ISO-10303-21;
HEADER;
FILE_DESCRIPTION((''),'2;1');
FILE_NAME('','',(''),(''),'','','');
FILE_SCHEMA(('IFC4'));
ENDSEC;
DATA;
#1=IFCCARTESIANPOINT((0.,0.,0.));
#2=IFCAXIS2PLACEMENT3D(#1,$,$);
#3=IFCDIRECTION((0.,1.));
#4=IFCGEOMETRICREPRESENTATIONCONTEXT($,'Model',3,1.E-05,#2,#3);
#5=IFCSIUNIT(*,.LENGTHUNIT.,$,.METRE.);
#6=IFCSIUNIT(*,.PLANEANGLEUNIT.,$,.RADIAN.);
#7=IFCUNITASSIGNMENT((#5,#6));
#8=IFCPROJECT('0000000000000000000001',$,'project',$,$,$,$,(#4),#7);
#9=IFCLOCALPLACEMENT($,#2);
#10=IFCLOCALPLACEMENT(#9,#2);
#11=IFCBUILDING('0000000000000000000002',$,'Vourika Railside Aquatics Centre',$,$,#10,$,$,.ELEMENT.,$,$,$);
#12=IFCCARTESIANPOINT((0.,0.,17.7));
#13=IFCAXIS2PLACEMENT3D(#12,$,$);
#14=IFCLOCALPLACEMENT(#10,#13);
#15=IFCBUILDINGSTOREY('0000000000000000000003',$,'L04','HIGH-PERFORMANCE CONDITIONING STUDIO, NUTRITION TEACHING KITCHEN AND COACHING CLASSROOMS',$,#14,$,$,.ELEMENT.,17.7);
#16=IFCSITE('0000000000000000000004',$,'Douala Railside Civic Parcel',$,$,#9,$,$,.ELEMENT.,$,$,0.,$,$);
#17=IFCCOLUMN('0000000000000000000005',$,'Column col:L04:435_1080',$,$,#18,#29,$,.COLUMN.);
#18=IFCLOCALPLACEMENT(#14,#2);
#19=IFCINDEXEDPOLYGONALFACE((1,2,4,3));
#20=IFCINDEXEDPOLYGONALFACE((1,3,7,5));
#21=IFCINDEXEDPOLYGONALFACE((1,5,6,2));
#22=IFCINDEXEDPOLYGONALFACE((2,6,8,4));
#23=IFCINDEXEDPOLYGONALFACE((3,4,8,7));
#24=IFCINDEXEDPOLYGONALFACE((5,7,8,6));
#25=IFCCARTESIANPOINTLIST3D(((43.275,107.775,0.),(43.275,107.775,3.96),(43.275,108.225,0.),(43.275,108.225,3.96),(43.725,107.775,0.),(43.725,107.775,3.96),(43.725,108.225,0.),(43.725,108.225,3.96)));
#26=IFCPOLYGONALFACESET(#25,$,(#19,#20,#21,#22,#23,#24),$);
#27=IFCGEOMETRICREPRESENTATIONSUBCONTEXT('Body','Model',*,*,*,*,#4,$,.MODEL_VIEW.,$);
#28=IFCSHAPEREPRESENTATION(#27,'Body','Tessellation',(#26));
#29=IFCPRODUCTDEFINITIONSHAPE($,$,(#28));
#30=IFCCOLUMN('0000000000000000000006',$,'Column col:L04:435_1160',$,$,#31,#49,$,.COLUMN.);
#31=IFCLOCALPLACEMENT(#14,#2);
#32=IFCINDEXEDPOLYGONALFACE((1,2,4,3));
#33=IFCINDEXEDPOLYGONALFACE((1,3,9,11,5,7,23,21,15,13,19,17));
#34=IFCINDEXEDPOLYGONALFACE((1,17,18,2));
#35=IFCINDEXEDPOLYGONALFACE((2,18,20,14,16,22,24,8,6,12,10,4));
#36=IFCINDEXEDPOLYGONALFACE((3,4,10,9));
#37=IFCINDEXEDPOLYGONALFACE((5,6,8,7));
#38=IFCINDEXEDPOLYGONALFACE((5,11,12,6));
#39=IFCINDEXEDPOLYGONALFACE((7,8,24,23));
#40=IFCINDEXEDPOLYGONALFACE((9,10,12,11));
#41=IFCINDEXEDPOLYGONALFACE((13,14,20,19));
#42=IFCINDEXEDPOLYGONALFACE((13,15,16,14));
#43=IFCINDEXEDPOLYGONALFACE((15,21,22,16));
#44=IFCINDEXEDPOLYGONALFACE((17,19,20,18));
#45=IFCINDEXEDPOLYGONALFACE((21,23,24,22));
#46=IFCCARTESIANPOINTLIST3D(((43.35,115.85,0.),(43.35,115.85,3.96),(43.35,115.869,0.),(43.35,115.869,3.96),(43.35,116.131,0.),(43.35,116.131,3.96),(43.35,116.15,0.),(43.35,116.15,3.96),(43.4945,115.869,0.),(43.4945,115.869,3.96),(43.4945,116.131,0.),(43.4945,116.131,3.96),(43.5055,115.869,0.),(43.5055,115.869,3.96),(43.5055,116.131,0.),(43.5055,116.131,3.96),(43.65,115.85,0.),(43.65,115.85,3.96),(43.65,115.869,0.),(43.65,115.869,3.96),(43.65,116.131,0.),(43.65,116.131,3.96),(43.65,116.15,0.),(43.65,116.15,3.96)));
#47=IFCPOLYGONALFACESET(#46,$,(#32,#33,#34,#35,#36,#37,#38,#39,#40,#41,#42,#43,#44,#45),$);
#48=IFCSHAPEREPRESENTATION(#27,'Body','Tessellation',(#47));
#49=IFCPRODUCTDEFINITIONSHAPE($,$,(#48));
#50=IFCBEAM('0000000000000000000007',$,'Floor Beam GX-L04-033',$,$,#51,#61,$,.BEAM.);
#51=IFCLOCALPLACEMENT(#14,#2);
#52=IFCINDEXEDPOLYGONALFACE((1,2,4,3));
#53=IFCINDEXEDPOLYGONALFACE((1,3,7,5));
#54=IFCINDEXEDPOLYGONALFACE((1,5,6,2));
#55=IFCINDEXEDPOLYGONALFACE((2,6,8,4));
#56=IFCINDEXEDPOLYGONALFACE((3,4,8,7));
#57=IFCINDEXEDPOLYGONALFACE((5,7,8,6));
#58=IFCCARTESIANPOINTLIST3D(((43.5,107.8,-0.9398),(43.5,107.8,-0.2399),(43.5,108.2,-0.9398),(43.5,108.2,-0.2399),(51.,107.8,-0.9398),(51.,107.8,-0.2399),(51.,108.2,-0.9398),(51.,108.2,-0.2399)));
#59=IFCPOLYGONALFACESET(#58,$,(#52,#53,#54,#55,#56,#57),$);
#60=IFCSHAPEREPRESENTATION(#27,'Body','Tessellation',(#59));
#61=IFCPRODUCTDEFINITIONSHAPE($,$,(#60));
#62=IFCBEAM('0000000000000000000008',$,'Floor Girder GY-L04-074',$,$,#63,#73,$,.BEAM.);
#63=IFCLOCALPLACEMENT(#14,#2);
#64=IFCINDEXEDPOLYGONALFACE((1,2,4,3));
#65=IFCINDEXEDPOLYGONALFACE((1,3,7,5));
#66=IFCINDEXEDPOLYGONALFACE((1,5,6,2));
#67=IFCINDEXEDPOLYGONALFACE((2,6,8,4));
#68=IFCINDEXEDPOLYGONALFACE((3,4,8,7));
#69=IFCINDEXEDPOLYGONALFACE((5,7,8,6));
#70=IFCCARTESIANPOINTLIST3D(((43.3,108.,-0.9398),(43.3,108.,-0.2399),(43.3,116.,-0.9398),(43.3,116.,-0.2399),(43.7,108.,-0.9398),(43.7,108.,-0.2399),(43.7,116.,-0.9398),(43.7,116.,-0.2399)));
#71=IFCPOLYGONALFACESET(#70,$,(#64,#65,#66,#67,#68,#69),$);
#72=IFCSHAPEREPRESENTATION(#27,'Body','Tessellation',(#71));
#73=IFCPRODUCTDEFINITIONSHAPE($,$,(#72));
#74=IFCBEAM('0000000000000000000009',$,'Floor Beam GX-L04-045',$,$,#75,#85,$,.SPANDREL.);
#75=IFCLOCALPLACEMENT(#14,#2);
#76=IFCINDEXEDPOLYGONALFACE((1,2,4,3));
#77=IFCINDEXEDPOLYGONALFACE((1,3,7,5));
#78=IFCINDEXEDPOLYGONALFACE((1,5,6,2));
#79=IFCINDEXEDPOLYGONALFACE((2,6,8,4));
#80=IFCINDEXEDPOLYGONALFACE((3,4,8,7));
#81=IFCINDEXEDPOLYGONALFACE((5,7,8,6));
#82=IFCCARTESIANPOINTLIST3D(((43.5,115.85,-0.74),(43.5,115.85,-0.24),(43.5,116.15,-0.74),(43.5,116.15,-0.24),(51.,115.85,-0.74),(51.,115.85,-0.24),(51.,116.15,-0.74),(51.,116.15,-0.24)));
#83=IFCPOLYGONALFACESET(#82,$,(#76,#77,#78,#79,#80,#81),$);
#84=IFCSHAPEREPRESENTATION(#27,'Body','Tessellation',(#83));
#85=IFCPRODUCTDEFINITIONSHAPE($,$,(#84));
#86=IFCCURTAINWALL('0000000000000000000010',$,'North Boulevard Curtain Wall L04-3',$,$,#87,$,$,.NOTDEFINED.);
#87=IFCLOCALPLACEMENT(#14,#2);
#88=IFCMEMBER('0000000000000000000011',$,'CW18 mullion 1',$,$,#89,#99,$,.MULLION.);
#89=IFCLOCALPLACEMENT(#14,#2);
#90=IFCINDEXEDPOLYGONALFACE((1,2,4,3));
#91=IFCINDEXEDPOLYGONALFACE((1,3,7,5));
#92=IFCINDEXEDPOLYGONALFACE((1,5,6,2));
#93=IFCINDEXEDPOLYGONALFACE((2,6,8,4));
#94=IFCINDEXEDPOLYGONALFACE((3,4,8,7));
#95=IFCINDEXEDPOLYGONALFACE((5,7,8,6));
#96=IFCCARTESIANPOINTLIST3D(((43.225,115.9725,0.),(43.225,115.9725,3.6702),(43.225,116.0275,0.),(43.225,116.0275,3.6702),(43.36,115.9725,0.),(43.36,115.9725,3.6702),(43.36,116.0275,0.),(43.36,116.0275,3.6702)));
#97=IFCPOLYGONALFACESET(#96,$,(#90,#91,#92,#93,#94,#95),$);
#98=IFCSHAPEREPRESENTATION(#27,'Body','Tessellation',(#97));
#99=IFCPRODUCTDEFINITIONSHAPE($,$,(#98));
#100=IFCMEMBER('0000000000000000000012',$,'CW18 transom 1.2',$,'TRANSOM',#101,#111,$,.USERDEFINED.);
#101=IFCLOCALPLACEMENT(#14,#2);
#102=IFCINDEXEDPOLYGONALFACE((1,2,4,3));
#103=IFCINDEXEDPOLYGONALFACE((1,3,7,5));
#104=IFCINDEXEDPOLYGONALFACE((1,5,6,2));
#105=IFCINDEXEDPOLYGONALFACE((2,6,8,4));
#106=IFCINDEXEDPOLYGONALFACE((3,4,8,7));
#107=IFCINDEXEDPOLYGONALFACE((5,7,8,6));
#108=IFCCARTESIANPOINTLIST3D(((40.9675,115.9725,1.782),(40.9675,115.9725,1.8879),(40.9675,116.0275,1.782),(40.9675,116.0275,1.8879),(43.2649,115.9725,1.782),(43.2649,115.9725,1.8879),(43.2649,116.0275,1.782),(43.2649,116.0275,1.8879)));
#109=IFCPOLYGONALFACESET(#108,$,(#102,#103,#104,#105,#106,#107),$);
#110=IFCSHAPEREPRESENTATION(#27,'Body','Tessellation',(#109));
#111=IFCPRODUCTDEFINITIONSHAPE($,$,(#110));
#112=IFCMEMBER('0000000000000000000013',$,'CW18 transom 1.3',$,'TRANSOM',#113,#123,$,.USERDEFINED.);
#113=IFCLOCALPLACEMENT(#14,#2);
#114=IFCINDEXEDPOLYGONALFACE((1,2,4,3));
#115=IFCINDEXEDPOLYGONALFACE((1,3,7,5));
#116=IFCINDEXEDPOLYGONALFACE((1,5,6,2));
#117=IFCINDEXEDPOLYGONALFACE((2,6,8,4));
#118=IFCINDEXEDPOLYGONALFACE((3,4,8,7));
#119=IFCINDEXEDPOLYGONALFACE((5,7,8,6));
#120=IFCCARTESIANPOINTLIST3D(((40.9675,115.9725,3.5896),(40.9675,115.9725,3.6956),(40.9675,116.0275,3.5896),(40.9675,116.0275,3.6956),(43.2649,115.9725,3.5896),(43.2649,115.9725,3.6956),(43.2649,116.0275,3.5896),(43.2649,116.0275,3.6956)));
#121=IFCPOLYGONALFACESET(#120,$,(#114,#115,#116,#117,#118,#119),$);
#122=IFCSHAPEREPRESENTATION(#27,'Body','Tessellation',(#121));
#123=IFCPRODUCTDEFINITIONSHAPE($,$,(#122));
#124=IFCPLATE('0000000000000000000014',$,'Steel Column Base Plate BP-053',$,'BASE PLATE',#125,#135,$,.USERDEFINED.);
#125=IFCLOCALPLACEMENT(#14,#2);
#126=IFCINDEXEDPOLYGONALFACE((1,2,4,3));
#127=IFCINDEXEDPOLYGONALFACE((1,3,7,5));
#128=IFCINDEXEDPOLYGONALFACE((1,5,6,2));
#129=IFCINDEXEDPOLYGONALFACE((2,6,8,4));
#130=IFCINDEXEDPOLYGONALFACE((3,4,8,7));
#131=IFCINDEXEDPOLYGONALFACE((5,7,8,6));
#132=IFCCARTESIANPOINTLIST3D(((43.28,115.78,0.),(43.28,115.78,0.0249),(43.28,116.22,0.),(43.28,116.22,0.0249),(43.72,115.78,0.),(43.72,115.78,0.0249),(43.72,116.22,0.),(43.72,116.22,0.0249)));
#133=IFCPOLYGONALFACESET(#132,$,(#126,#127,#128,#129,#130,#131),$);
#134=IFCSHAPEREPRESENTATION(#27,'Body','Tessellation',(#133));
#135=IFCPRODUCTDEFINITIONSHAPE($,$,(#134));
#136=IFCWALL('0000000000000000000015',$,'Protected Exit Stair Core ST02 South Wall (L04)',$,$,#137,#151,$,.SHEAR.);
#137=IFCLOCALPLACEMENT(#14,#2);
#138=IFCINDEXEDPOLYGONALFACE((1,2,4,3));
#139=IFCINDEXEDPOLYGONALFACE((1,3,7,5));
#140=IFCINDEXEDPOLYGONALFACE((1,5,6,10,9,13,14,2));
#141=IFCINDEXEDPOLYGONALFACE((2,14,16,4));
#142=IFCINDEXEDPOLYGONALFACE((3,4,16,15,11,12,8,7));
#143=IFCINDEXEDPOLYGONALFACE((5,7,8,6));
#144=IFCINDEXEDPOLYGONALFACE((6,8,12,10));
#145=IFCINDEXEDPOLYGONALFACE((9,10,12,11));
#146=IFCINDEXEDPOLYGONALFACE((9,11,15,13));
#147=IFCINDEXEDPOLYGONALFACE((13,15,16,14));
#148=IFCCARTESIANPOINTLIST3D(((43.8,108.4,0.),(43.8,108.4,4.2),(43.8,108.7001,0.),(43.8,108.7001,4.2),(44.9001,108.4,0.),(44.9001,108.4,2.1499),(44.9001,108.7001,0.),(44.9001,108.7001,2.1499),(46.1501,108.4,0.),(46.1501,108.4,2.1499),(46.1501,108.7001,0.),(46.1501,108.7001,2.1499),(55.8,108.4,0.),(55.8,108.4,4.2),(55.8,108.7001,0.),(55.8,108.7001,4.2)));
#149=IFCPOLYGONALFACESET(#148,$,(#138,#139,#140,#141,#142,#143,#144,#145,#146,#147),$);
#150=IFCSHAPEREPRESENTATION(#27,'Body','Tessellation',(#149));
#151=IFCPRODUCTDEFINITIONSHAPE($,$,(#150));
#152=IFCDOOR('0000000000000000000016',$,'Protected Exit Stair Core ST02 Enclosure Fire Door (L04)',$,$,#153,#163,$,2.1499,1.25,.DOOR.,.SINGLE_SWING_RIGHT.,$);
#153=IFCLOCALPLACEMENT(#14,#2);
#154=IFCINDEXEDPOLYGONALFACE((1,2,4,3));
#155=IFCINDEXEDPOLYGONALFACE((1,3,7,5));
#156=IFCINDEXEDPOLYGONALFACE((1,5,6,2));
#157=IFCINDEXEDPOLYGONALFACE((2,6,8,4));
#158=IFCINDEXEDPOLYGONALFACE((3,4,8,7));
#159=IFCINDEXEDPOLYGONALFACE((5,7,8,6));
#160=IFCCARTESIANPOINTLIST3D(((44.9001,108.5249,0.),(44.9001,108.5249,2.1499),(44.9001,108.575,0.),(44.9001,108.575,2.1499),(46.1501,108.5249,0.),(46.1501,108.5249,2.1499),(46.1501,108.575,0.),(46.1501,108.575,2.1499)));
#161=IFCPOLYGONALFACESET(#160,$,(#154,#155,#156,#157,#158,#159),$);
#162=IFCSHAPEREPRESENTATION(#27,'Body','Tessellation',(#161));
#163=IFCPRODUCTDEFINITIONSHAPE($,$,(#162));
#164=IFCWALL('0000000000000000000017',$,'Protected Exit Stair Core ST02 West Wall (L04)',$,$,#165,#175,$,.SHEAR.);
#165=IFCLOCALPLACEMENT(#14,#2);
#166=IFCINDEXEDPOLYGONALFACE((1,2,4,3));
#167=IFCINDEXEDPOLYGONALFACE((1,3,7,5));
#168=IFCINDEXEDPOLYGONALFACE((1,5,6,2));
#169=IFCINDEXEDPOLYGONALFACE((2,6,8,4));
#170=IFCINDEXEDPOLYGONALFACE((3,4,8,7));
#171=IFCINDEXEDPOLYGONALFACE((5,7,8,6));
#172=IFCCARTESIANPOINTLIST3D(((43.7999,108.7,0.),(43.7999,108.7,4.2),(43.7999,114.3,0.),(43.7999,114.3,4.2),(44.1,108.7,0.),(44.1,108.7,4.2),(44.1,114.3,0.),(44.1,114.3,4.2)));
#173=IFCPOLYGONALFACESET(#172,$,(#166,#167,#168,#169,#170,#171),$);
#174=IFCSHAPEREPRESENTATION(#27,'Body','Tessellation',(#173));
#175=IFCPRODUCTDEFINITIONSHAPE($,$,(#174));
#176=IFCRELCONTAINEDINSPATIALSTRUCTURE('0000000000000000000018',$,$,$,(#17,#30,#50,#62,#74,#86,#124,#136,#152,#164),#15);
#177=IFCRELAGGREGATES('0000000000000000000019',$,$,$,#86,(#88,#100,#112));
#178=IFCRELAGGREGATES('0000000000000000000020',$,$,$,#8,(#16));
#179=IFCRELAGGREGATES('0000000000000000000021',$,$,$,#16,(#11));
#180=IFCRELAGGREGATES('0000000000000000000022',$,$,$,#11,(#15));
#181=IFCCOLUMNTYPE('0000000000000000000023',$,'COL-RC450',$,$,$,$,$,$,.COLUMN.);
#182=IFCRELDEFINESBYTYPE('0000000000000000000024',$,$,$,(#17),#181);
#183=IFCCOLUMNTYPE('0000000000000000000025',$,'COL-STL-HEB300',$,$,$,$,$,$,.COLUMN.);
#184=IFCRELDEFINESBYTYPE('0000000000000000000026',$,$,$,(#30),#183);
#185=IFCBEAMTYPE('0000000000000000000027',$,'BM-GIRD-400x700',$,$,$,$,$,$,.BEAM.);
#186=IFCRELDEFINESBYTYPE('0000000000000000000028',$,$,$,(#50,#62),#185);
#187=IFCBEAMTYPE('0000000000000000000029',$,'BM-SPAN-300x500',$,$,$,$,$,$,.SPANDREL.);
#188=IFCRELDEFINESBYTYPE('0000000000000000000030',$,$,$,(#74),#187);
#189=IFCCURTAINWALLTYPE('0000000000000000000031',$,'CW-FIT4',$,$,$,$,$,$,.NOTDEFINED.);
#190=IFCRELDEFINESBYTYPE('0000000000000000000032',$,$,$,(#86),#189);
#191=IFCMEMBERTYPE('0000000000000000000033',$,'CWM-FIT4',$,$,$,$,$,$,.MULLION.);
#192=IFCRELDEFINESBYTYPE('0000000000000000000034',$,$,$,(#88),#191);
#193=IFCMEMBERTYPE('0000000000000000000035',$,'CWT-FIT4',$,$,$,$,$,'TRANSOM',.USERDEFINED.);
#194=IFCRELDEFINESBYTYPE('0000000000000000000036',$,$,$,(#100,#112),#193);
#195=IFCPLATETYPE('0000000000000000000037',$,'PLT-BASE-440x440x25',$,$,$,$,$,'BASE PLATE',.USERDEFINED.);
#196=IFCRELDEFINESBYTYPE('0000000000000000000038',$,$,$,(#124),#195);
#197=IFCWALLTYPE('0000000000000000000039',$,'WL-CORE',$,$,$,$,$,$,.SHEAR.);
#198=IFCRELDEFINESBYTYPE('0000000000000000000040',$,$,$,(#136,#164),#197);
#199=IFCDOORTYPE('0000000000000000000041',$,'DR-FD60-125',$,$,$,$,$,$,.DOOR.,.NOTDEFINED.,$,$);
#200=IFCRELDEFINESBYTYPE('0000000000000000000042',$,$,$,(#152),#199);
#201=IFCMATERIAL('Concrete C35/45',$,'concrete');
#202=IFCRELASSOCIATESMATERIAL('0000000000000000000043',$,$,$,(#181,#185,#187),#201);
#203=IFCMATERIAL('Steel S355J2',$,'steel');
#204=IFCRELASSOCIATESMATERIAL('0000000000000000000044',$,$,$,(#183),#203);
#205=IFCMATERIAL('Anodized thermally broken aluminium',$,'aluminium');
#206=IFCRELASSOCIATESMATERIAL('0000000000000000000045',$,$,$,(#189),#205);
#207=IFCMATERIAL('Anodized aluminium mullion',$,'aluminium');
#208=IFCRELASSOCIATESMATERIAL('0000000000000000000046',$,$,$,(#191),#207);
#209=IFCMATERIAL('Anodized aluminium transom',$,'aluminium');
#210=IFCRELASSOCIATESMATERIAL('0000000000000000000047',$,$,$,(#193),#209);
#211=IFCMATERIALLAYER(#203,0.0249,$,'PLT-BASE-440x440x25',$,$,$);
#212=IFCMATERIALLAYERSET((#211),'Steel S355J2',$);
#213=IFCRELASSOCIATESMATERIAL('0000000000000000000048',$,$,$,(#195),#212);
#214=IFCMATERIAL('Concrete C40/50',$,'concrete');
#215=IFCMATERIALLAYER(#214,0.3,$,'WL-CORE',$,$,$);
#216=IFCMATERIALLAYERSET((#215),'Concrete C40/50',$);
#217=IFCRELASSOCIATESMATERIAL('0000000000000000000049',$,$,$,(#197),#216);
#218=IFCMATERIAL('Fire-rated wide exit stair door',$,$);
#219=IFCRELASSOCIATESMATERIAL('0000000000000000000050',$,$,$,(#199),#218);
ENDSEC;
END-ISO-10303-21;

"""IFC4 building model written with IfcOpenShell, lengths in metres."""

from ifc_helpers import new_model, si_unit, direction, frame, frame_2d, origin, origin_2d, place, context, subcontext, project, spatial, rectangle, i_section, extrude, material, layer, layer_set, material_profile, profile_set, type_object, element, fill, aggregate, save


model = new_model("IFC4")

# Units and contexts
model_context = context("Model", 3, precision=1e-05, world=origin(), true_north=direction((0.0, 1.0)))
body_context = subcontext(model_context, "Body", "Model", "MODEL_VIEW")
ifc_project = project(units=[si_unit("LENGTHUNIT", "METRE"), si_unit("PLANEANGLEUNIT", "RADIAN")], contexts=[model_context])

# Site, building, storey
site_placement = place(None, origin())
site = spatial("IfcSite", under=ifc_project, at=site_placement, Name="Douala Railside Civic Parcel", CompositionType="ELEMENT", RefElevation=0.0)
building_placement = place(site_placement, origin())
building = spatial("IfcBuilding", under=site, at=building_placement, Name="Vourika Railside Aquatics Centre", CompositionType="ELEMENT")
storey_placement = place(building_placement, frame((0.0, 0.0, 17.7)))
storey = spatial("IfcBuildingStorey", under=building, at=storey_placement, Name="L04", Description="HIGH-PERFORMANCE CONDITIONING STUDIO, NUTRITION TEACHING KITCHEN AND COACHING CLASSROOMS", CompositionType="ELEMENT", Elevation=17.7)

# Columns
ifc_material_1 = material(Name="Concrete C35/45", Category="concrete")
ifc_material_profile_1 = material_profile(ifc_material_1, rectangle(XDim=0.45, YDim=0.45, at=origin_2d()), Name="RC 450x450")
ifc_profile_set_1 = profile_set([ifc_material_profile_1], Name="Concrete C35/45")
column_type_1 = type_object("IfcColumnType", Name="COL-RC450", PredefinedType="COLUMN", material=ifc_profile_set_1)
column_1_placement = place(storey_placement, frame((43.5, 108.0, 0.0), z_axis=(0.0, 0.0, 1.0), x_axis=(1.0, 0.0, 0.0)))
element("IfcColumn", 1, at=column_1_placement, inside=storey, type_object=column_type_1, Name="Column col:L04:435_1080", PredefinedType="COLUMN", context=body_context, shape_type="SweptSolid", body=[
    extrude(rectangle(XDim=0.45, YDim=0.45, at=origin_2d()), origin(), (0.0, 0.0, 1.0), 3.96),
])
ifc_material_2 = material(Name="Steel S355J2", Category="steel")
ifc_material_profile_2 = material_profile(ifc_material_2, i_section(OverallWidth=0.3, OverallDepth=0.3, WebThickness=0.011, FlangeThickness=0.019, at=origin_2d()), Name="HEB 300")
ifc_profile_set_2 = profile_set([ifc_material_profile_2], Name="Steel S355J2")
column_type_2 = type_object("IfcColumnType", Name="COL-STL-HEB300", PredefinedType="COLUMN", material=ifc_profile_set_2)
column_2_placement = place(storey_placement, frame((43.5, 116.0, 0.0), z_axis=(0.0, 0.0, 1.0), x_axis=(1.0, 0.0, 0.0)))
element("IfcColumn", 2, at=column_2_placement, inside=storey, type_object=column_type_2, Name="Column col:L04:435_1160", PredefinedType="COLUMN", context=body_context, shape_type="SweptSolid", body=[
    extrude(i_section(OverallWidth=0.3, OverallDepth=0.3, WebThickness=0.011, FlangeThickness=0.019, at=origin_2d()), origin(), (0.0, 0.0, 1.0), 3.96),
])

# Beams
ifc_material_profile_3 = material_profile(ifc_material_1, rectangle(XDim=0.3999, YDim=0.7, at=origin_2d()), Name="RC 400x700")
ifc_profile_set_3 = profile_set([ifc_material_profile_3], Name="Concrete C35/45")
beam_type_1 = type_object("IfcBeamType", Name="BM-GIRD-400x700", PredefinedType="BEAM", material=ifc_profile_set_3)
beam_1_placement = place(storey_placement, frame((43.5, 108.0, -0.5898), z_axis=(1.0, 0.0, 0.0), x_axis=(0.0, 1.0, 0.0)))
element("IfcBeam", 3, at=beam_1_placement, inside=storey, type_object=beam_type_1, Name="Floor Beam GX-L04-033", PredefinedType="BEAM", context=body_context, shape_type="SweptSolid", body=[
    extrude(rectangle(XDim=0.3999, YDim=0.7, at=origin_2d()), origin(), (0.0, 0.0, 1.0), 7.5),
])
beam_2_placement = place(storey_placement, frame((43.5, 108.0, -0.5898), z_axis=(0.0, 1.0, 0.0), x_axis=(-1.0, 0.0, 0.0)))
element("IfcBeam", 4, at=beam_2_placement, inside=storey, type_object=beam_type_1, Name="Floor Girder GY-L04-074", PredefinedType="BEAM", context=body_context, shape_type="SweptSolid", body=[
    extrude(rectangle(XDim=0.3999, YDim=0.7, at=origin_2d()), origin(), (0.0, 0.0, 1.0), 8.0),
])
ifc_material_profile_4 = material_profile(ifc_material_1, rectangle(XDim=0.3, YDim=0.5, at=origin_2d()), Name="RC 300x500")
ifc_profile_set_4 = profile_set([ifc_material_profile_4], Name="Concrete C35/45")
beam_type_2 = type_object("IfcBeamType", Name="BM-SPAN-300x500", PredefinedType="SPANDREL", material=ifc_profile_set_4)
beam_3_placement = place(storey_placement, frame((43.5, 116.0, -0.49), z_axis=(1.0, 0.0, 0.0), x_axis=(0.0, 1.0, 0.0)))
element("IfcBeam", 5, at=beam_3_placement, inside=storey, type_object=beam_type_2, Name="Floor Beam GX-L04-045", PredefinedType="SPANDREL", context=body_context, shape_type="SweptSolid", body=[
    extrude(rectangle(XDim=0.3, YDim=0.5, at=origin_2d()), origin(), (0.0, 0.0, 1.0), 7.5),
])

# Curtain wall, members
ifc_material_3 = material(Name="Anodized thermally broken aluminium", Category="aluminium")
curtain_wall_type = type_object("IfcCurtainWallType", Name="CW-FIT4", PredefinedType="NOTDEFINED", material=ifc_material_3)
curtain_wall_placement = place(storey_placement, origin())
curtain_wall = element("IfcCurtainWall", 6, at=curtain_wall_placement, inside=storey, type_object=curtain_wall_type, Name="North Boulevard Curtain Wall L04-3", PredefinedType="NOTDEFINED")
ifc_material_4 = material(Name="Anodized aluminium mullion", Category="aluminium")
ifc_material_profile_5 = material_profile(ifc_material_4, rectangle(XDim=0.0549, YDim=0.135, at=origin_2d()), Name="ALU-M 55x135")
ifc_profile_set_5 = profile_set([ifc_material_profile_5], Name="Anodized aluminium mullion")
member_type_1 = type_object("IfcMemberType", Name="CWM-FIT4", PredefinedType="MULLION", material=ifc_profile_set_5)
member_1_placement = place(storey_placement, frame((43.2925, 116.0, 0.0), z_axis=(0.0, 0.0, 1.0), x_axis=(0.0, -1.0, 0.0)))
member_1 = element("IfcMember", 7, at=member_1_placement, type_object=member_type_1, Name="CW18 mullion 1", PredefinedType="MULLION", context=body_context, shape_type="SweptSolid", body=[
    extrude(rectangle(XDim=0.0549, YDim=0.135, at=origin_2d()), origin(), (0.0, 0.0, 1.0), 3.6702),
])
ifc_material_5 = material(Name="Anodized aluminium transom", Category="aluminium")
ifc_material_profile_6 = material_profile(ifc_material_5, rectangle(XDim=0.0549, YDim=0.106, at=origin_2d()), Name="ALU-T 55x106")
ifc_profile_set_6 = profile_set([ifc_material_profile_6], Name="Anodized aluminium transom")
member_type_2 = type_object("IfcMemberType", Name="CWT-FIT4", ElementType="TRANSOM", PredefinedType="USERDEFINED", material=ifc_profile_set_6)
member_2_placement = place(storey_placement, frame((43.2649, 116.0, 1.835), z_axis=(-1.0, 0.0, 0.0), x_axis=(0.0, -1.0, 0.0)))
member_2 = element("IfcMember", 8, at=member_2_placement, type_object=member_type_2, Name="CW18 transom 1.2", ObjectType="TRANSOM", PredefinedType="USERDEFINED", context=body_context, shape_type="SweptSolid", body=[
    extrude(rectangle(XDim=0.0549, YDim=0.106, at=origin_2d()), origin(), (0.0, 0.0, 1.0), 2.2974),
])
member_3_placement = place(storey_placement, frame((43.2649, 116.0, 3.6426), z_axis=(-1.0, 0.0, 0.0), x_axis=(0.0, -1.0, 0.0)))
member_3 = element("IfcMember", 9, at=member_3_placement, type_object=member_type_2, Name="CW18 transom 1.3", ObjectType="TRANSOM", PredefinedType="USERDEFINED", context=body_context, shape_type="SweptSolid", body=[
    extrude(rectangle(XDim=0.0549, YDim=0.106, at=origin_2d()), origin(), (0.0, 0.0, 1.0), 2.2974),
])
aggregate(curtain_wall, [member_1, member_2, member_3])

# Plate
ifc_layer_1 = layer(ifc_material_2, 0.0249, Name="PLT-BASE-440x440x25")
ifc_layer_set_1 = layer_set([ifc_layer_1], Name="Steel S355J2")
plate_type = type_object("IfcPlateType", Name="PLT-BASE-440x440x25", ElementType="BASE PLATE", PredefinedType="USERDEFINED", material=ifc_layer_set_1)
plate_placement = place(storey_placement, frame((43.5, 116.0, 0.0), z_axis=(0.0, 0.0, 1.0), x_axis=(1.0, 0.0, 0.0)))
element("IfcPlate", 10, at=plate_placement, inside=storey, type_object=plate_type, Name="Steel Column Base Plate BP-053", ObjectType="BASE PLATE", PredefinedType="USERDEFINED", context=body_context, shape_type="SweptSolid", body=[
    extrude(rectangle(XDim=0.4399, YDim=0.4399, at=origin_2d()), origin(), (0.0, 0.0, 1.0), 0.0249),
])

# Wall, opening, door
ifc_material_6 = material(Name="Concrete C40/50", Category="concrete")
ifc_layer_2 = layer(ifc_material_6, 0.3, Name="WL-CORE")
ifc_layer_set_2 = layer_set([ifc_layer_2], Name="Concrete C40/50")
wall_type_1 = type_object("IfcWallType", Name="WL-CORE", PredefinedType="SHEAR", material=ifc_layer_set_2)
wall_1_placement = place(storey_placement, frame((43.8, 108.55, 0.0), z_axis=(0.0, 0.0, 1.0), x_axis=(1.0, 0.0, 0.0)))
wall_1 = element("IfcWall", 11, at=wall_1_placement, inside=storey, type_object=wall_type_1, Name="Protected Exit Stair Core ST02 South Wall (L04)", PredefinedType="SHEAR", context=body_context, shape_type="SweptSolid", body=[
    extrude(rectangle(XDim=12.0, YDim=0.3, at=frame_2d((6.0, 0.0))), origin(), (0.0, 0.0, 1.0), 4.2),
])
opening_1_placement = place(wall_1_placement, frame((1.1001, 0.0, 0.0)))
opening_1 = element("IfcOpeningElement", 12, at=opening_1_placement, cuts=wall_1, PredefinedType="OPENING", context=body_context, shape_type="SweptSolid", body=[
    extrude(rectangle(XDim=1.25, YDim=2.1499, at=frame_2d((0.625, 1.075))), frame((0.0, 0.1602, 0.0), z_axis=(0.0, -1.0, 0.0), x_axis=(1.0, 0.0, 0.0)), (0.0, 0.0, 1.0), 0.3201),
])
ifc_material_7 = material(Name="Fire-rated wide exit stair door")
door_type = type_object("IfcDoorType", Name="DR-FD60-125", OperationType="NOTDEFINED", PredefinedType="DOOR", material=ifc_material_7)
door_placement = place(opening_1_placement, origin())
door = element("IfcDoor", 13, at=door_placement, inside=storey, type_object=door_type, Name="Protected Exit Stair Core ST02 Enclosure Fire Door (L04)", OperationType="SINGLE_SWING_RIGHT", OverallHeight=2.1499, OverallWidth=1.25, PredefinedType="DOOR", context=body_context, shape_type="SweptSolid", body=[
    extrude(rectangle(XDim=1.25, YDim=2.1499, at=frame_2d((0.625, 1.075))), frame((0.0, 0.0249, 0.0), z_axis=(0.0, -1.0, 0.0), x_axis=(1.0, 0.0, 0.0)), (0.0, 0.0, 1.0), 0.05),
])
fill(opening_1, door)

# Wall
wall_2_placement = place(storey_placement, frame((43.95, 114.3, 0.0), z_axis=(0.0, 0.0, 1.0), x_axis=(0.0, -1.0, 0.0)))
element("IfcWall", 14, at=wall_2_placement, inside=storey, type_object=wall_type_1, Name="Protected Exit Stair Core ST02 West Wall (L04)", PredefinedType="SHEAR", context=body_context, shape_type="SweptSolid", body=[
    extrude(rectangle(XDim=5.6001, YDim=0.3, at=frame_2d((2.8, 0.0))), origin(), (0.0, 0.0, 1.0), 4.2),
])

save(model, "model.ifc")
